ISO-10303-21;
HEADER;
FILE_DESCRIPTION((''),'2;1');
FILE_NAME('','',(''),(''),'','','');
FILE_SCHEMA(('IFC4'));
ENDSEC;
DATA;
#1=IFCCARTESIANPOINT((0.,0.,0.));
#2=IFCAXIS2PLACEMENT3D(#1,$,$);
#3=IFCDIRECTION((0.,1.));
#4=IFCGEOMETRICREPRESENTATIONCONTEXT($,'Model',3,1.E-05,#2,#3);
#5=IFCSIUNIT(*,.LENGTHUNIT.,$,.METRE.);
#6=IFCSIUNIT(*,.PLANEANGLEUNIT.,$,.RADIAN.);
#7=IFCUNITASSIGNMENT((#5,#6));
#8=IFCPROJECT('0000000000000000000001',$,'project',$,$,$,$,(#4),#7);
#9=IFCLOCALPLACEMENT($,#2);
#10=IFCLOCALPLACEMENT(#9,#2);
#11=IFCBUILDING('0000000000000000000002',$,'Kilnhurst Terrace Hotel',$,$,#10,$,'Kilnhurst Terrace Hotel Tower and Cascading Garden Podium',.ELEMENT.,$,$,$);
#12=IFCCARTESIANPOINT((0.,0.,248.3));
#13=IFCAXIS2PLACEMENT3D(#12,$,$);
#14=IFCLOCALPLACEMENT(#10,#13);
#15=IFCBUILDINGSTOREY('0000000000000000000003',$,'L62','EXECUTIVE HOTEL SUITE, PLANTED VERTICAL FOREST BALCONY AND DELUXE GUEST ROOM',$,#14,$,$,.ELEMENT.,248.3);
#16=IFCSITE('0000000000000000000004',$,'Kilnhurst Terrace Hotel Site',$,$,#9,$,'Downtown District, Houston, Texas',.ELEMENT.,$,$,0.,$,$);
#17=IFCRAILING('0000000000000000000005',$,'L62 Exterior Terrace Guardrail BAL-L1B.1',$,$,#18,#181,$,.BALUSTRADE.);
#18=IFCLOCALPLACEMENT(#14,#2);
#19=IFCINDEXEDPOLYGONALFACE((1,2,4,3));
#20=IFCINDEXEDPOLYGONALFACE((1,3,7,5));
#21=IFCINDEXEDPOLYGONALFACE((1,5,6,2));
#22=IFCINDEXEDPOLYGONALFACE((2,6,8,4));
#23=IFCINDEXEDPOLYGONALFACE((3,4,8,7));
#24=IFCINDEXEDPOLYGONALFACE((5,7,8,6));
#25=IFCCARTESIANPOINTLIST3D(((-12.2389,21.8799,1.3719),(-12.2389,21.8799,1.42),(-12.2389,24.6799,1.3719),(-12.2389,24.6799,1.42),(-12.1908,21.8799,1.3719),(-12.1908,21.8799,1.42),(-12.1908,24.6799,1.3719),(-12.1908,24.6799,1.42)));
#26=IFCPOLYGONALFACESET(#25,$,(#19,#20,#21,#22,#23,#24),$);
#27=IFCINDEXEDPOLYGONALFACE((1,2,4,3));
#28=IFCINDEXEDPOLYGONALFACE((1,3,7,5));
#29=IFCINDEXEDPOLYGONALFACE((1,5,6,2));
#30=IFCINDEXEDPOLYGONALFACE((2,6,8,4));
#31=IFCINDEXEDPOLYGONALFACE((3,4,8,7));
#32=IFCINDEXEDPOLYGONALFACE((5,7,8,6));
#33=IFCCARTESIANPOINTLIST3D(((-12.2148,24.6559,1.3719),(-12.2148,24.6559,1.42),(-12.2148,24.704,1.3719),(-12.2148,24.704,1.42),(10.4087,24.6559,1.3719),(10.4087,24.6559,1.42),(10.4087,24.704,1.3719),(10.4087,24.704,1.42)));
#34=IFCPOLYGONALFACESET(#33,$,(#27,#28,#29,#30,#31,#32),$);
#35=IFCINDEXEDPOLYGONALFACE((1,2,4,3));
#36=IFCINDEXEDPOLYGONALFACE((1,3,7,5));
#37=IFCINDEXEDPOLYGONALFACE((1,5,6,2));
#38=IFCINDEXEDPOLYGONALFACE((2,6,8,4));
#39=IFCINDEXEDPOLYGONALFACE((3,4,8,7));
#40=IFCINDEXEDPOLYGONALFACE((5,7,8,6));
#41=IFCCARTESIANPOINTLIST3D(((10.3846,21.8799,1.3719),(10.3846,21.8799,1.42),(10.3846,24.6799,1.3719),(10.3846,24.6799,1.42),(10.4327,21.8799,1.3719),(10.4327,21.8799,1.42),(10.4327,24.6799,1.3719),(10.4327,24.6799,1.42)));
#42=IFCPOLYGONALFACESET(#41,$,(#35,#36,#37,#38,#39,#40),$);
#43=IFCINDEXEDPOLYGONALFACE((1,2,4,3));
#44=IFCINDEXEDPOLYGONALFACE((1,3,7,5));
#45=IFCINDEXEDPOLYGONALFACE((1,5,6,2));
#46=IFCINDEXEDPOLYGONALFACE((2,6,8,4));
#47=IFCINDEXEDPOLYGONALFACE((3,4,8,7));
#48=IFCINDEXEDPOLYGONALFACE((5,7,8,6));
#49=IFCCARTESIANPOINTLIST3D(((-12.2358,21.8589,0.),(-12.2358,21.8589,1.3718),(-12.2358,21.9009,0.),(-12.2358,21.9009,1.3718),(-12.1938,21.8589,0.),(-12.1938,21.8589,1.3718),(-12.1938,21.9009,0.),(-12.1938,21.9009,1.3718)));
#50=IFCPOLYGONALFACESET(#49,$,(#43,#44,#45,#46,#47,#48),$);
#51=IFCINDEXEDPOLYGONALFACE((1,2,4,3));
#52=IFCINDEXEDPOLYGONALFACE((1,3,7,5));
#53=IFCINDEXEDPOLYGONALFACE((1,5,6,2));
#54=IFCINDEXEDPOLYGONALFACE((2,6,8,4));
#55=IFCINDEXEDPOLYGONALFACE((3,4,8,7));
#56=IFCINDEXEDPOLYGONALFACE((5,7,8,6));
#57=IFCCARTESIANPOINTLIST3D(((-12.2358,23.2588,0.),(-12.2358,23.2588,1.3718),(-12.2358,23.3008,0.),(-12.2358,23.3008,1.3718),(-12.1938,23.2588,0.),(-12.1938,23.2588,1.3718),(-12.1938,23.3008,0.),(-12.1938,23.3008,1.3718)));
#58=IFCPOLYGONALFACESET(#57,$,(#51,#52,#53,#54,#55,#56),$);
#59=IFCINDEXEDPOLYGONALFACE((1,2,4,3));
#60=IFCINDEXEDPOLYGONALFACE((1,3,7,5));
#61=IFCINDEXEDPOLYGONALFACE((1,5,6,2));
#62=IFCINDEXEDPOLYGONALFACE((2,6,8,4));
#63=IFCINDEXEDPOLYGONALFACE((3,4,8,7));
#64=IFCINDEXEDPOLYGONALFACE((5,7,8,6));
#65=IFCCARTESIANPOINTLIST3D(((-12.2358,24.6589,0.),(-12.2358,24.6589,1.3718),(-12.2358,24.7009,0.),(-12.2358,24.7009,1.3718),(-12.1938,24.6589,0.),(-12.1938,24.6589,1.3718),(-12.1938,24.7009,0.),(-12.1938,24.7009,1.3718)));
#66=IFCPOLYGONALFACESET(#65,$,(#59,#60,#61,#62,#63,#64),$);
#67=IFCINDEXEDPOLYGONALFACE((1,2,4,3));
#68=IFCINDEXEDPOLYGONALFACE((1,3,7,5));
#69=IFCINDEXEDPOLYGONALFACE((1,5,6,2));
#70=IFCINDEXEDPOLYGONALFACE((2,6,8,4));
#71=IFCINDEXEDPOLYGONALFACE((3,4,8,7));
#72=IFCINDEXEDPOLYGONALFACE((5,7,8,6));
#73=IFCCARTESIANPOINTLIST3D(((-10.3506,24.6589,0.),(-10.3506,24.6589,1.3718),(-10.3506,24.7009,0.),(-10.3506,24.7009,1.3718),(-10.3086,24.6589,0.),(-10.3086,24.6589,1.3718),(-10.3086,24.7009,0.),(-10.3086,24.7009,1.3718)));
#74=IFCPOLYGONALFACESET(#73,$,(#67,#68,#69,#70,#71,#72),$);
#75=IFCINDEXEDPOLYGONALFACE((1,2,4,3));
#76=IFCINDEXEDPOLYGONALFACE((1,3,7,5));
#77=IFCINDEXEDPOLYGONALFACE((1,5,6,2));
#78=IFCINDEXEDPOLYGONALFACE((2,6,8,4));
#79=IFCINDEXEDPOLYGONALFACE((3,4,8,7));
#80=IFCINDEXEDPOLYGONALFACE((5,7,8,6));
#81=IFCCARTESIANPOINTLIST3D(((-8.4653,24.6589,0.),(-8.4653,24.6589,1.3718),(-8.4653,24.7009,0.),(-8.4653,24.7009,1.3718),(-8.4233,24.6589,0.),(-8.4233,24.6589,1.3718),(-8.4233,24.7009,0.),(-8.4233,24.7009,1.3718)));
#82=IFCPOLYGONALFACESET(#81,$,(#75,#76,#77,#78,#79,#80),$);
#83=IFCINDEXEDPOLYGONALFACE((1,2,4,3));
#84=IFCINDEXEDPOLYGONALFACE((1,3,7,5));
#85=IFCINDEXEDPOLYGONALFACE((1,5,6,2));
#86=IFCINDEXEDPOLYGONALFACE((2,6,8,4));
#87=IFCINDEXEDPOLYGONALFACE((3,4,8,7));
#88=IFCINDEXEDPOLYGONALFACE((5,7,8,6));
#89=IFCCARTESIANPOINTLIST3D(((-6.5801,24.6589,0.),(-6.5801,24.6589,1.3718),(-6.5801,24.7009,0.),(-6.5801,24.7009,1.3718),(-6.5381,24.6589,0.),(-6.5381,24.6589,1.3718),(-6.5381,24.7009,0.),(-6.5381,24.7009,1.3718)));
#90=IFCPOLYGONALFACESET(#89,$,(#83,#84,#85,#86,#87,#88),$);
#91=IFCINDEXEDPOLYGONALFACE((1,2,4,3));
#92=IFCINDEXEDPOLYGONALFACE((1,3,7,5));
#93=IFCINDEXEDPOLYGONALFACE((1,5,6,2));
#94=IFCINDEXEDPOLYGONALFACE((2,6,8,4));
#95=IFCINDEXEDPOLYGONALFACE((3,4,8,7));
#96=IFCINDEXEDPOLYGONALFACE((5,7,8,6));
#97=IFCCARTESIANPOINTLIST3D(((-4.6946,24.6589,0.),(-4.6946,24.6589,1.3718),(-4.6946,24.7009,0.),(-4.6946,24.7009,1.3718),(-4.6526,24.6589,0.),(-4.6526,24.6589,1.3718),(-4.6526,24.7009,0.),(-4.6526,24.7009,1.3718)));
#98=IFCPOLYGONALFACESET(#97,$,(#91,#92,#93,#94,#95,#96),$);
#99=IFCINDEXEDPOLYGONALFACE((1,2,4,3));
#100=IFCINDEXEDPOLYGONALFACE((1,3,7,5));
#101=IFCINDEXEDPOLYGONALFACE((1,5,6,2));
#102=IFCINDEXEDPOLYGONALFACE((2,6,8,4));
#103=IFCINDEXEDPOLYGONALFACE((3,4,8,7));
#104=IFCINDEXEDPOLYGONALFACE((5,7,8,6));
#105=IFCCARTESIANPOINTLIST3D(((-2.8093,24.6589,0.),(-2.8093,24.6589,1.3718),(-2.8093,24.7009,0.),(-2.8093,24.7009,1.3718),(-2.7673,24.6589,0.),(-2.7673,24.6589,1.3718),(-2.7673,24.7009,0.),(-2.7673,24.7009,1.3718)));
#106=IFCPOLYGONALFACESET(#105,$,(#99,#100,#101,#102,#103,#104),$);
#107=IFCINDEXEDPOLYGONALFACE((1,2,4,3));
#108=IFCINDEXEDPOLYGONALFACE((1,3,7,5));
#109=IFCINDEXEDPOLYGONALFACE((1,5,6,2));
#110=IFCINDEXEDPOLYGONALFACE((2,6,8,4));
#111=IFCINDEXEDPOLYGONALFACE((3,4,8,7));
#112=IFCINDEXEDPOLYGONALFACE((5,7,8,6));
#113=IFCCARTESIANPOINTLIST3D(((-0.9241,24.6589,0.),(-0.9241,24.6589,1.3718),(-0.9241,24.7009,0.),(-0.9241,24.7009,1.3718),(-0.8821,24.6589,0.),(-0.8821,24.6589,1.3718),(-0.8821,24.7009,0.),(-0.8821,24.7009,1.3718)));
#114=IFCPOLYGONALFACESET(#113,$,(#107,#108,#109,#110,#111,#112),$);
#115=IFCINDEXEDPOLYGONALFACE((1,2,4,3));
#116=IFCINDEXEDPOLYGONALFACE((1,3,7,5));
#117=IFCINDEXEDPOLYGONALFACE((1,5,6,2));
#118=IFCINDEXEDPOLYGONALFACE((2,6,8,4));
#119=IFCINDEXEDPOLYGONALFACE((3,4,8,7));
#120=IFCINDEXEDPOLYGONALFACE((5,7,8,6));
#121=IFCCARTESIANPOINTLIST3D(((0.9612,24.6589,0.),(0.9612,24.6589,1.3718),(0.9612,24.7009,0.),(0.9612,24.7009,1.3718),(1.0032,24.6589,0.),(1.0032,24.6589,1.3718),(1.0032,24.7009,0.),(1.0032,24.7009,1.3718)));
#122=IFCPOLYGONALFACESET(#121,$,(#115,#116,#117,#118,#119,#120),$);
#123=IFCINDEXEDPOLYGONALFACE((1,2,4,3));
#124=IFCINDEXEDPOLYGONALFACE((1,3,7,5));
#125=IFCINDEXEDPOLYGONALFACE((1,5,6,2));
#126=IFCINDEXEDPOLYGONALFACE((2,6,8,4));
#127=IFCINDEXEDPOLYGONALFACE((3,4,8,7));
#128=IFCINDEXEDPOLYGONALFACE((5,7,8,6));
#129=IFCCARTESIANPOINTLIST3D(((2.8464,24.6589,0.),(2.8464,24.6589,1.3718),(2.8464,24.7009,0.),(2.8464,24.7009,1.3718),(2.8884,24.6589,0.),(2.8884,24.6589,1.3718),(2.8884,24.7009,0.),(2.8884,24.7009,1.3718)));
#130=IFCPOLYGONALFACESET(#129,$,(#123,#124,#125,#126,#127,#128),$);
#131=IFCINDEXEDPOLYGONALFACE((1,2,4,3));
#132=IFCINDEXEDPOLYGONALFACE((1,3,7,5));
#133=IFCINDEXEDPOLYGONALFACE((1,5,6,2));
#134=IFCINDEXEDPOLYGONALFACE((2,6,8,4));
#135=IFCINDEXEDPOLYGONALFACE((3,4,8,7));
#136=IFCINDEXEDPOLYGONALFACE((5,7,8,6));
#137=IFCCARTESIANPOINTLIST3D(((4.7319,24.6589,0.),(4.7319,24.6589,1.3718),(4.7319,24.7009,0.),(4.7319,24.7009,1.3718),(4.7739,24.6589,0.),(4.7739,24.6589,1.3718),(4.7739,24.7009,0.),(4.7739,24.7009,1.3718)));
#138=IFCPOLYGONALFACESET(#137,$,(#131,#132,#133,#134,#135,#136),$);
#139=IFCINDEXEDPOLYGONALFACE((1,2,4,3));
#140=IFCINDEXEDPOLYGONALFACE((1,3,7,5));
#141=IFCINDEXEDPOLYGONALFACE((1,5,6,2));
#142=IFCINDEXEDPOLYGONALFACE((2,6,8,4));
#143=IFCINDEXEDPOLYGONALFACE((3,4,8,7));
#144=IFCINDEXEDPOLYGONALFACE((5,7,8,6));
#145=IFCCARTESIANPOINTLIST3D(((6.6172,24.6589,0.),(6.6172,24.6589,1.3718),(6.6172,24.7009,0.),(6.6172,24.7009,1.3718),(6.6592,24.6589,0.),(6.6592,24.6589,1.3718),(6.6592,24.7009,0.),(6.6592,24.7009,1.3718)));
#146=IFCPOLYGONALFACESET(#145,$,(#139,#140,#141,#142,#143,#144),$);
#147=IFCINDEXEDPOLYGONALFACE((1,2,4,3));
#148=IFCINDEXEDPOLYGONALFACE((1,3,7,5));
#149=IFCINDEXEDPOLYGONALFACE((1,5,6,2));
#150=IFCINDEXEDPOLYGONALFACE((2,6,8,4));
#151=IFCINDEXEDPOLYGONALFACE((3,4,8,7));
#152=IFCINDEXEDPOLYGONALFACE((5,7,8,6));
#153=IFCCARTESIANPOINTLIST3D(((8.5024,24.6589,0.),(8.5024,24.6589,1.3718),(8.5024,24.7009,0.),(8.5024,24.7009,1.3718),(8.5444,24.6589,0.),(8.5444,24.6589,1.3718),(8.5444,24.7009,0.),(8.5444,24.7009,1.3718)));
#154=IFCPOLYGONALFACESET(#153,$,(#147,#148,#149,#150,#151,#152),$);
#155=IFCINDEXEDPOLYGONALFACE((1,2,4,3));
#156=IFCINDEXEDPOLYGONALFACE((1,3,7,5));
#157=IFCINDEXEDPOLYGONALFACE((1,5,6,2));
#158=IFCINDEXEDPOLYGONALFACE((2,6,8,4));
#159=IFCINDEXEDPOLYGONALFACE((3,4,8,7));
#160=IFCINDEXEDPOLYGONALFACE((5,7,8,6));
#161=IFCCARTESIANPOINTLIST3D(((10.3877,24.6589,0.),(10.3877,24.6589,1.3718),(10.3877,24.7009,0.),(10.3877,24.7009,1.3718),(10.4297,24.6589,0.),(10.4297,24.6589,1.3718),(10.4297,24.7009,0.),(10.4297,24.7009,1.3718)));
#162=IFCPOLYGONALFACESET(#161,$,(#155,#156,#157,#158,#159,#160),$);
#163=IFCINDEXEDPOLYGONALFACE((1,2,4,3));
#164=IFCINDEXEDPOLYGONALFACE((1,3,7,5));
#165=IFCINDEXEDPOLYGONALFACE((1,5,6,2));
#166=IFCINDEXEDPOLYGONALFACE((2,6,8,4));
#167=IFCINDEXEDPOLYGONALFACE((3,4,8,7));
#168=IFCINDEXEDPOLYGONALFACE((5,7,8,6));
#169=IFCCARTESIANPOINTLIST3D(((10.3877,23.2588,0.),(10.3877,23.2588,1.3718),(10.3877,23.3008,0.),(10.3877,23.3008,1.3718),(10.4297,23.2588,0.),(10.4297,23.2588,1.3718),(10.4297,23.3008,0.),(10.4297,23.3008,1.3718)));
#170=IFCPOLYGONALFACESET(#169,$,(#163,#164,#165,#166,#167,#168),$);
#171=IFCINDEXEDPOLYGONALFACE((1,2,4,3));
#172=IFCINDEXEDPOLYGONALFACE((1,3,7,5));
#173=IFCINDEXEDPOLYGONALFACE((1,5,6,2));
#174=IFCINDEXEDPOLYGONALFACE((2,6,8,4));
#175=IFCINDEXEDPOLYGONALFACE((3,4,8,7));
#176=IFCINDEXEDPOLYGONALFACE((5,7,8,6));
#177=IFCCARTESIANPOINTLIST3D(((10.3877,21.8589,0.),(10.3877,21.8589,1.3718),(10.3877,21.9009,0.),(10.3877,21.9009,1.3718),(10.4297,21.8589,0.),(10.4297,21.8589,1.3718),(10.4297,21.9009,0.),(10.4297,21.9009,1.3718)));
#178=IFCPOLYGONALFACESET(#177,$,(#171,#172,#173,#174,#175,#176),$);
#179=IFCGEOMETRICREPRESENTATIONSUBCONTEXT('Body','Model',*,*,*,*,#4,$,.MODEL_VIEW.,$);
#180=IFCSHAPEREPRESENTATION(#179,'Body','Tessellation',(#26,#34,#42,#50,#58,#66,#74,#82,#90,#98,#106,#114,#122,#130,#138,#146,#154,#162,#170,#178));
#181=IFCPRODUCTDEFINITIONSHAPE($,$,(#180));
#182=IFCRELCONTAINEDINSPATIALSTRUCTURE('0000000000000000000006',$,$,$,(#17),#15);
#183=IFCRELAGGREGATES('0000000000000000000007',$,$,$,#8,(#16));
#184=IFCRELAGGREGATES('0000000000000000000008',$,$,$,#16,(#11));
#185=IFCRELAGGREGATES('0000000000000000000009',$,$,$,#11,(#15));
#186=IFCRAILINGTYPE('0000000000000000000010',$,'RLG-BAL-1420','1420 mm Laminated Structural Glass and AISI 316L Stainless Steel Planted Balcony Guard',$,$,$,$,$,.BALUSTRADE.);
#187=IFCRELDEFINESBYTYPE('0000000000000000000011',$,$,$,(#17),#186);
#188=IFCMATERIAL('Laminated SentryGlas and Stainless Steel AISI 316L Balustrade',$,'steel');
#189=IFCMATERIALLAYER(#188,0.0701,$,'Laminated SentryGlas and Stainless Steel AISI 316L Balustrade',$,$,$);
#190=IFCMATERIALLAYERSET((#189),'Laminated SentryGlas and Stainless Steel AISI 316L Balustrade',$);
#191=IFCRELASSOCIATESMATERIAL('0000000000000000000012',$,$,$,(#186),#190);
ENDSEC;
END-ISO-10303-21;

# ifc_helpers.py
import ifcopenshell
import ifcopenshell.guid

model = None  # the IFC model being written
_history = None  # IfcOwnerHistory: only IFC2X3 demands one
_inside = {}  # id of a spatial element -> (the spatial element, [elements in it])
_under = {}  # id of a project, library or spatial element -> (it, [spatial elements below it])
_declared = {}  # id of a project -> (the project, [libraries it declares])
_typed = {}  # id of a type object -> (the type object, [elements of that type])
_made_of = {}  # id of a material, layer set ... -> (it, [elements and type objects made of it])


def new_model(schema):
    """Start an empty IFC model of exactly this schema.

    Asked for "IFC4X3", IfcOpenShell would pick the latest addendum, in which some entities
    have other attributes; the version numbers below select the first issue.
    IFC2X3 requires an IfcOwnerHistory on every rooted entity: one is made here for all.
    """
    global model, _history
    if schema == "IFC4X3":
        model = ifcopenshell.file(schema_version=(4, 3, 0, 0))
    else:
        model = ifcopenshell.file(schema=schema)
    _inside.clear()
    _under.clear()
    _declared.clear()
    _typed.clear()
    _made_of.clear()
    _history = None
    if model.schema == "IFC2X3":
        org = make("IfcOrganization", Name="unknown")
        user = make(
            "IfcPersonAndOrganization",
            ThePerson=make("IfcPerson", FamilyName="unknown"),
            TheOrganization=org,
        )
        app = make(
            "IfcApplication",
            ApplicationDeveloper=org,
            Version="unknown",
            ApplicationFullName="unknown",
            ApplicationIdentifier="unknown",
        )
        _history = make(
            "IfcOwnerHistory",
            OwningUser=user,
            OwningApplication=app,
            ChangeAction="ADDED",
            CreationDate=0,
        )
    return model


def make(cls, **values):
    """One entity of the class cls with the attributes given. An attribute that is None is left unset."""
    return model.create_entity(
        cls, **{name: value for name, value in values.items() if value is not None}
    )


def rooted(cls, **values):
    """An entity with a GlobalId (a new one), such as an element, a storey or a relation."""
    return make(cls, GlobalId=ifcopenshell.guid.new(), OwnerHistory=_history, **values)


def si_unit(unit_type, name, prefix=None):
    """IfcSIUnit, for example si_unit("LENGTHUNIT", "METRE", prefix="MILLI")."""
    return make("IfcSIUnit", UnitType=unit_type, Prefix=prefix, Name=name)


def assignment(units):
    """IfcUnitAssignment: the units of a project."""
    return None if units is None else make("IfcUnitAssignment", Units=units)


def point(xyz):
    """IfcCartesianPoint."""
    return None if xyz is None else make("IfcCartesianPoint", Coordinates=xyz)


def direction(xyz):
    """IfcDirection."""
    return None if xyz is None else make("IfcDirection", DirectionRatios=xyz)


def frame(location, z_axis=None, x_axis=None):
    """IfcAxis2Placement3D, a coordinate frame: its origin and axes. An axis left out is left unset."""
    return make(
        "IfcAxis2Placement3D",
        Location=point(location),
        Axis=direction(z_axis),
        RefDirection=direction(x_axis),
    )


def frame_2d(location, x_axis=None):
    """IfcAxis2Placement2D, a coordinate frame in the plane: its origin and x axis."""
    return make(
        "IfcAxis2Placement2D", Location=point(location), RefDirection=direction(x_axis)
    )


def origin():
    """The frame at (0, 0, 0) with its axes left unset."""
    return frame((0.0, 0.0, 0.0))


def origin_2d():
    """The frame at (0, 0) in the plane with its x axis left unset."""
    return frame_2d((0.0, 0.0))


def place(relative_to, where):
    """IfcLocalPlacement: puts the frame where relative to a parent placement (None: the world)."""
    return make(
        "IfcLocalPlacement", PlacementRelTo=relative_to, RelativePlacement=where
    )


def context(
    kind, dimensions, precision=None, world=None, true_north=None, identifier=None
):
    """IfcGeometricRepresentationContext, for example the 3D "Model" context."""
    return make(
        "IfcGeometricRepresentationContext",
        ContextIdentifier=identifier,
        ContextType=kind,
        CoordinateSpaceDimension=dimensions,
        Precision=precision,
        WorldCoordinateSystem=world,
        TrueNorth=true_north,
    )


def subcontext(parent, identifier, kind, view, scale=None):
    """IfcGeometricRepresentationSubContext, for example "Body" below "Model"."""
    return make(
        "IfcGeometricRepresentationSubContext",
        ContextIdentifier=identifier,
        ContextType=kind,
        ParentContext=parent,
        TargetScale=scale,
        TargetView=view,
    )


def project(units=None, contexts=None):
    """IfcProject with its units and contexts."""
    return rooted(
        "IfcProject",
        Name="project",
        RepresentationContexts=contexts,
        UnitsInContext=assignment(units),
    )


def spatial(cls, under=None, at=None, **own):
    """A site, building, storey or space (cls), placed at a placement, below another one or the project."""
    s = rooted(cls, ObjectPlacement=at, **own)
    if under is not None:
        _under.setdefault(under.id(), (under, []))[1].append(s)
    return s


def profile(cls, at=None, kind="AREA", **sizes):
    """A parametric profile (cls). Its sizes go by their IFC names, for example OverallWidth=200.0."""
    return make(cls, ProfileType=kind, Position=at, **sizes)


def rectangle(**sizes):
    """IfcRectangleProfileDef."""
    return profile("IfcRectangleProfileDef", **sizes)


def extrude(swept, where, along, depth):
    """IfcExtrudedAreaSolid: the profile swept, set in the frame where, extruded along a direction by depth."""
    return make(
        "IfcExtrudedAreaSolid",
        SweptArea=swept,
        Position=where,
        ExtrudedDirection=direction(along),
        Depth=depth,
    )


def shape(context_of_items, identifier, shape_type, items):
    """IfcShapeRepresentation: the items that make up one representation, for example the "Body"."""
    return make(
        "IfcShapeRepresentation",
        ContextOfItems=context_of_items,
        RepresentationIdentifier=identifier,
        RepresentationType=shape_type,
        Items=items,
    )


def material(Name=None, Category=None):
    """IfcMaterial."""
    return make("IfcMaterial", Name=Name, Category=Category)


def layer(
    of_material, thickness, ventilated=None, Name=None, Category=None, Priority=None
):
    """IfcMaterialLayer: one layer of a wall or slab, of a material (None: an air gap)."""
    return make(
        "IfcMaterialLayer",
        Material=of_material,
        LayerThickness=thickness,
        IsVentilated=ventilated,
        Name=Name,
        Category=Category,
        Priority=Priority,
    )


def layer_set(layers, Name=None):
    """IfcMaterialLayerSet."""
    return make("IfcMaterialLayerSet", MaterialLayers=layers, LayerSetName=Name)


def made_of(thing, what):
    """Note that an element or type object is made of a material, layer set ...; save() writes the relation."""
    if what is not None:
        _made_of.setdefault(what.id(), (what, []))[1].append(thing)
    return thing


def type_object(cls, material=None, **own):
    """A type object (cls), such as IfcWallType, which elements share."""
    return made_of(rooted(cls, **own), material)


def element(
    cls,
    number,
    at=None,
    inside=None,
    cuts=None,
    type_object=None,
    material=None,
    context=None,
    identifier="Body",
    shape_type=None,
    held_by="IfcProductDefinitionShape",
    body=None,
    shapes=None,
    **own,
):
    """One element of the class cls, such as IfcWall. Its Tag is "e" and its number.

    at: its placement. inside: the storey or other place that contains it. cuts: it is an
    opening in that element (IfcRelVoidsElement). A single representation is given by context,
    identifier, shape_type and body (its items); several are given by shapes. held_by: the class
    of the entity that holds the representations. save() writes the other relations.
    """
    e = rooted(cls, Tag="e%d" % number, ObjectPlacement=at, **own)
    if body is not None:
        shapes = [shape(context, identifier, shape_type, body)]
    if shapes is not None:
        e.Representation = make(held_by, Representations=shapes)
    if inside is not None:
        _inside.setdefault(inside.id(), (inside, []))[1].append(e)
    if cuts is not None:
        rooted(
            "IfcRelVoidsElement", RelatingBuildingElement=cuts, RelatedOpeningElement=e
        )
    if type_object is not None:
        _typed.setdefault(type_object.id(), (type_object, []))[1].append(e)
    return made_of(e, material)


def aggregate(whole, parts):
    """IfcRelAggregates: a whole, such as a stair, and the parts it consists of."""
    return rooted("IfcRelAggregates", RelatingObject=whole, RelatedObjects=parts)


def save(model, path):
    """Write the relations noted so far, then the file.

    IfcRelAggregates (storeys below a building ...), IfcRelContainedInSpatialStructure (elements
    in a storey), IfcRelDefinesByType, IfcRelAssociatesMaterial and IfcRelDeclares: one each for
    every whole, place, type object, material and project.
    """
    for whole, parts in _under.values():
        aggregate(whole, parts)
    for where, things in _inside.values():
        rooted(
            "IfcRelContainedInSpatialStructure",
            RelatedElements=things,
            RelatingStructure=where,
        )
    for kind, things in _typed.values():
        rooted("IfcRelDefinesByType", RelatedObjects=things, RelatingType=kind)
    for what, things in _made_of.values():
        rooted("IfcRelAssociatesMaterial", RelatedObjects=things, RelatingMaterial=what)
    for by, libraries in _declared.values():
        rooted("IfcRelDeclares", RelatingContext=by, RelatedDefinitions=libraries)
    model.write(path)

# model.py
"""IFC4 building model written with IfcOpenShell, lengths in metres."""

from ifc_helpers import new_model, si_unit, direction, frame, origin, origin_2d, place, context, subcontext, project, spatial, rectangle, extrude, material, layer, layer_set, type_object, element, save


model = new_model("IFC4")

# Units and contexts
model_context = context("Model", 3, precision=1e-05, world=origin(), true_north=direction((0.0, 1.0)))
body_context = subcontext(model_context, "Body", "Model", "MODEL_VIEW")
ifc_project = project(units=[si_unit("LENGTHUNIT", "METRE"), si_unit("PLANEANGLEUNIT", "RADIAN")], contexts=[model_context])

# Site, building, storey
site_placement = place(None, origin())
site = spatial("IfcSite", under=ifc_project, at=site_placement, Name="Kilnhurst Terrace Hotel Site", LongName="Downtown District, Houston, Texas", CompositionType="ELEMENT", RefElevation=0.0)
building_placement = place(site_placement, origin())
building = spatial("IfcBuilding", under=site, at=building_placement, Name="Kilnhurst Terrace Hotel", LongName="Kilnhurst Terrace Hotel Tower and Cascading Garden Podium", CompositionType="ELEMENT")
storey_placement = place(building_placement, frame((0.0, 0.0, 248.3)))
storey = spatial("IfcBuildingStorey", under=building, at=storey_placement, Name="L62", Description="EXECUTIVE HOTEL SUITE, PLANTED VERTICAL FOREST BALCONY AND DELUXE GUEST ROOM", CompositionType="ELEMENT", Elevation=248.3)

# Railing
ifc_material_1 = material(Name="Laminated SentryGlas and Stainless Steel AISI 316L Balustrade", Category="steel")
ifc_layer_1 = layer(ifc_material_1, 0.0701, Name="Laminated SentryGlas and Stainless Steel AISI 316L Balustrade")
ifc_layer_set_1 = layer_set([ifc_layer_1], Name="Laminated SentryGlas and Stainless Steel AISI 316L Balustrade")
railing_type = type_object("IfcRailingType", Name="RLG-BAL-1420", Description="1420 mm Laminated Structural Glass and AISI 316L Stainless Steel Planted Balcony Guard", PredefinedType="BALUSTRADE", material=ifc_layer_set_1)
railing_placement = place(storey_placement, frame((-12.2148, 21.8799, 0.0)))
element("IfcRailing", 1, at=railing_placement, inside=storey, type_object=railing_type, Name="L62 Exterior Terrace Guardrail BAL-L1B.1", PredefinedType="BALUSTRADE", context=body_context, shape_type="SweptSolid", body=[
    extrude(rectangle(XDim=0.0481, YDim=0.0481, at=origin_2d()), frame((0.0, 0.0, 1.396), z_axis=(0.0, 1.0, 0.0), x_axis=(-1.0, 0.0, 0.0)), (0.0, 0.0, 1.0), 2.8),
    extrude(rectangle(XDim=0.0481, YDim=0.0481, at=origin_2d()), frame((0.0, 2.8, 1.396), z_axis=(1.0, 0.0, 0.0), x_axis=(0.0, 1.0, 0.0)), (0.0, 0.0, 1.0), 22.6235),
    extrude(rectangle(XDim=0.0481, YDim=0.0481, at=origin_2d()), frame((22.6235, 2.8, 1.396), z_axis=(0.0, -1.0, 0.0), x_axis=(1.0, 0.0, 0.0)), (0.0, 0.0, 1.0), 2.8),
    extrude(rectangle(XDim=0.042, YDim=0.042, at=origin_2d()), origin(), (0.0, 0.0, 1.0), 1.3718),
    extrude(rectangle(XDim=0.042, YDim=0.042, at=origin_2d()), frame((0.0, 1.3999, 0.0)), (0.0, 0.0, 1.0), 1.3718),
    extrude(rectangle(XDim=0.042, YDim=0.042, at=origin_2d()), frame((0.0, 2.8, 0.0)), (0.0, 0.0, 1.0), 1.3718),
    extrude(rectangle(XDim=0.042, YDim=0.042, at=origin_2d()), frame((1.8853, 2.8, 0.0)), (0.0, 0.0, 1.0), 1.3718),
    extrude(rectangle(XDim=0.042, YDim=0.042, at=origin_2d()), frame((3.7705, 2.8, 0.0)), (0.0, 0.0, 1.0), 1.3718),
    extrude(rectangle(XDim=0.042, YDim=0.042, at=origin_2d()), frame((5.6558, 2.8, 0.0)), (0.0, 0.0, 1.0), 1.3718),
    extrude(rectangle(XDim=0.042, YDim=0.042, at=origin_2d()), frame((7.5413, 2.8, 0.0)), (0.0, 0.0, 1.0), 1.3718),
    extrude(rectangle(XDim=0.042, YDim=0.042, at=origin_2d()), frame((9.4265, 2.8, 0.0)), (0.0, 0.0, 1.0), 1.3718),
    extrude(rectangle(XDim=0.042, YDim=0.042, at=origin_2d()), frame((11.3118, 2.8, 0.0)), (0.0, 0.0, 1.0), 1.3718),
    extrude(rectangle(XDim=0.042, YDim=0.042, at=origin_2d()), frame((13.197, 2.8, 0.0)), (0.0, 0.0, 1.0), 1.3718),
    extrude(rectangle(XDim=0.042, YDim=0.042, at=origin_2d()), frame((15.0823, 2.8, 0.0)), (0.0, 0.0, 1.0), 1.3718),
    extrude(rectangle(XDim=0.042, YDim=0.042, at=origin_2d()), frame((16.9678, 2.8, 0.0)), (0.0, 0.0, 1.0), 1.3718),
    extrude(rectangle(XDim=0.042, YDim=0.042, at=origin_2d()), frame((18.853, 2.8, 0.0)), (0.0, 0.0, 1.0), 1.3718),
    extrude(rectangle(XDim=0.042, YDim=0.042, at=origin_2d()), frame((20.7383, 2.8, 0.0)), (0.0, 0.0, 1.0), 1.3718),
    extrude(rectangle(XDim=0.042, YDim=0.042, at=origin_2d()), frame((22.6235, 2.8, 0.0)), (0.0, 0.0, 1.0), 1.3718),
    extrude(rectangle(XDim=0.042, YDim=0.042, at=origin_2d()), frame((22.6235, 1.3999, 0.0)), (0.0, 0.0, 1.0), 1.3718),
    extrude(rectangle(XDim=0.042, YDim=0.042, at=origin_2d()), frame((22.6235, 0.0, 0.0)), (0.0, 0.0, 1.0), 1.3718),
])

save(model, "model.ifc")
